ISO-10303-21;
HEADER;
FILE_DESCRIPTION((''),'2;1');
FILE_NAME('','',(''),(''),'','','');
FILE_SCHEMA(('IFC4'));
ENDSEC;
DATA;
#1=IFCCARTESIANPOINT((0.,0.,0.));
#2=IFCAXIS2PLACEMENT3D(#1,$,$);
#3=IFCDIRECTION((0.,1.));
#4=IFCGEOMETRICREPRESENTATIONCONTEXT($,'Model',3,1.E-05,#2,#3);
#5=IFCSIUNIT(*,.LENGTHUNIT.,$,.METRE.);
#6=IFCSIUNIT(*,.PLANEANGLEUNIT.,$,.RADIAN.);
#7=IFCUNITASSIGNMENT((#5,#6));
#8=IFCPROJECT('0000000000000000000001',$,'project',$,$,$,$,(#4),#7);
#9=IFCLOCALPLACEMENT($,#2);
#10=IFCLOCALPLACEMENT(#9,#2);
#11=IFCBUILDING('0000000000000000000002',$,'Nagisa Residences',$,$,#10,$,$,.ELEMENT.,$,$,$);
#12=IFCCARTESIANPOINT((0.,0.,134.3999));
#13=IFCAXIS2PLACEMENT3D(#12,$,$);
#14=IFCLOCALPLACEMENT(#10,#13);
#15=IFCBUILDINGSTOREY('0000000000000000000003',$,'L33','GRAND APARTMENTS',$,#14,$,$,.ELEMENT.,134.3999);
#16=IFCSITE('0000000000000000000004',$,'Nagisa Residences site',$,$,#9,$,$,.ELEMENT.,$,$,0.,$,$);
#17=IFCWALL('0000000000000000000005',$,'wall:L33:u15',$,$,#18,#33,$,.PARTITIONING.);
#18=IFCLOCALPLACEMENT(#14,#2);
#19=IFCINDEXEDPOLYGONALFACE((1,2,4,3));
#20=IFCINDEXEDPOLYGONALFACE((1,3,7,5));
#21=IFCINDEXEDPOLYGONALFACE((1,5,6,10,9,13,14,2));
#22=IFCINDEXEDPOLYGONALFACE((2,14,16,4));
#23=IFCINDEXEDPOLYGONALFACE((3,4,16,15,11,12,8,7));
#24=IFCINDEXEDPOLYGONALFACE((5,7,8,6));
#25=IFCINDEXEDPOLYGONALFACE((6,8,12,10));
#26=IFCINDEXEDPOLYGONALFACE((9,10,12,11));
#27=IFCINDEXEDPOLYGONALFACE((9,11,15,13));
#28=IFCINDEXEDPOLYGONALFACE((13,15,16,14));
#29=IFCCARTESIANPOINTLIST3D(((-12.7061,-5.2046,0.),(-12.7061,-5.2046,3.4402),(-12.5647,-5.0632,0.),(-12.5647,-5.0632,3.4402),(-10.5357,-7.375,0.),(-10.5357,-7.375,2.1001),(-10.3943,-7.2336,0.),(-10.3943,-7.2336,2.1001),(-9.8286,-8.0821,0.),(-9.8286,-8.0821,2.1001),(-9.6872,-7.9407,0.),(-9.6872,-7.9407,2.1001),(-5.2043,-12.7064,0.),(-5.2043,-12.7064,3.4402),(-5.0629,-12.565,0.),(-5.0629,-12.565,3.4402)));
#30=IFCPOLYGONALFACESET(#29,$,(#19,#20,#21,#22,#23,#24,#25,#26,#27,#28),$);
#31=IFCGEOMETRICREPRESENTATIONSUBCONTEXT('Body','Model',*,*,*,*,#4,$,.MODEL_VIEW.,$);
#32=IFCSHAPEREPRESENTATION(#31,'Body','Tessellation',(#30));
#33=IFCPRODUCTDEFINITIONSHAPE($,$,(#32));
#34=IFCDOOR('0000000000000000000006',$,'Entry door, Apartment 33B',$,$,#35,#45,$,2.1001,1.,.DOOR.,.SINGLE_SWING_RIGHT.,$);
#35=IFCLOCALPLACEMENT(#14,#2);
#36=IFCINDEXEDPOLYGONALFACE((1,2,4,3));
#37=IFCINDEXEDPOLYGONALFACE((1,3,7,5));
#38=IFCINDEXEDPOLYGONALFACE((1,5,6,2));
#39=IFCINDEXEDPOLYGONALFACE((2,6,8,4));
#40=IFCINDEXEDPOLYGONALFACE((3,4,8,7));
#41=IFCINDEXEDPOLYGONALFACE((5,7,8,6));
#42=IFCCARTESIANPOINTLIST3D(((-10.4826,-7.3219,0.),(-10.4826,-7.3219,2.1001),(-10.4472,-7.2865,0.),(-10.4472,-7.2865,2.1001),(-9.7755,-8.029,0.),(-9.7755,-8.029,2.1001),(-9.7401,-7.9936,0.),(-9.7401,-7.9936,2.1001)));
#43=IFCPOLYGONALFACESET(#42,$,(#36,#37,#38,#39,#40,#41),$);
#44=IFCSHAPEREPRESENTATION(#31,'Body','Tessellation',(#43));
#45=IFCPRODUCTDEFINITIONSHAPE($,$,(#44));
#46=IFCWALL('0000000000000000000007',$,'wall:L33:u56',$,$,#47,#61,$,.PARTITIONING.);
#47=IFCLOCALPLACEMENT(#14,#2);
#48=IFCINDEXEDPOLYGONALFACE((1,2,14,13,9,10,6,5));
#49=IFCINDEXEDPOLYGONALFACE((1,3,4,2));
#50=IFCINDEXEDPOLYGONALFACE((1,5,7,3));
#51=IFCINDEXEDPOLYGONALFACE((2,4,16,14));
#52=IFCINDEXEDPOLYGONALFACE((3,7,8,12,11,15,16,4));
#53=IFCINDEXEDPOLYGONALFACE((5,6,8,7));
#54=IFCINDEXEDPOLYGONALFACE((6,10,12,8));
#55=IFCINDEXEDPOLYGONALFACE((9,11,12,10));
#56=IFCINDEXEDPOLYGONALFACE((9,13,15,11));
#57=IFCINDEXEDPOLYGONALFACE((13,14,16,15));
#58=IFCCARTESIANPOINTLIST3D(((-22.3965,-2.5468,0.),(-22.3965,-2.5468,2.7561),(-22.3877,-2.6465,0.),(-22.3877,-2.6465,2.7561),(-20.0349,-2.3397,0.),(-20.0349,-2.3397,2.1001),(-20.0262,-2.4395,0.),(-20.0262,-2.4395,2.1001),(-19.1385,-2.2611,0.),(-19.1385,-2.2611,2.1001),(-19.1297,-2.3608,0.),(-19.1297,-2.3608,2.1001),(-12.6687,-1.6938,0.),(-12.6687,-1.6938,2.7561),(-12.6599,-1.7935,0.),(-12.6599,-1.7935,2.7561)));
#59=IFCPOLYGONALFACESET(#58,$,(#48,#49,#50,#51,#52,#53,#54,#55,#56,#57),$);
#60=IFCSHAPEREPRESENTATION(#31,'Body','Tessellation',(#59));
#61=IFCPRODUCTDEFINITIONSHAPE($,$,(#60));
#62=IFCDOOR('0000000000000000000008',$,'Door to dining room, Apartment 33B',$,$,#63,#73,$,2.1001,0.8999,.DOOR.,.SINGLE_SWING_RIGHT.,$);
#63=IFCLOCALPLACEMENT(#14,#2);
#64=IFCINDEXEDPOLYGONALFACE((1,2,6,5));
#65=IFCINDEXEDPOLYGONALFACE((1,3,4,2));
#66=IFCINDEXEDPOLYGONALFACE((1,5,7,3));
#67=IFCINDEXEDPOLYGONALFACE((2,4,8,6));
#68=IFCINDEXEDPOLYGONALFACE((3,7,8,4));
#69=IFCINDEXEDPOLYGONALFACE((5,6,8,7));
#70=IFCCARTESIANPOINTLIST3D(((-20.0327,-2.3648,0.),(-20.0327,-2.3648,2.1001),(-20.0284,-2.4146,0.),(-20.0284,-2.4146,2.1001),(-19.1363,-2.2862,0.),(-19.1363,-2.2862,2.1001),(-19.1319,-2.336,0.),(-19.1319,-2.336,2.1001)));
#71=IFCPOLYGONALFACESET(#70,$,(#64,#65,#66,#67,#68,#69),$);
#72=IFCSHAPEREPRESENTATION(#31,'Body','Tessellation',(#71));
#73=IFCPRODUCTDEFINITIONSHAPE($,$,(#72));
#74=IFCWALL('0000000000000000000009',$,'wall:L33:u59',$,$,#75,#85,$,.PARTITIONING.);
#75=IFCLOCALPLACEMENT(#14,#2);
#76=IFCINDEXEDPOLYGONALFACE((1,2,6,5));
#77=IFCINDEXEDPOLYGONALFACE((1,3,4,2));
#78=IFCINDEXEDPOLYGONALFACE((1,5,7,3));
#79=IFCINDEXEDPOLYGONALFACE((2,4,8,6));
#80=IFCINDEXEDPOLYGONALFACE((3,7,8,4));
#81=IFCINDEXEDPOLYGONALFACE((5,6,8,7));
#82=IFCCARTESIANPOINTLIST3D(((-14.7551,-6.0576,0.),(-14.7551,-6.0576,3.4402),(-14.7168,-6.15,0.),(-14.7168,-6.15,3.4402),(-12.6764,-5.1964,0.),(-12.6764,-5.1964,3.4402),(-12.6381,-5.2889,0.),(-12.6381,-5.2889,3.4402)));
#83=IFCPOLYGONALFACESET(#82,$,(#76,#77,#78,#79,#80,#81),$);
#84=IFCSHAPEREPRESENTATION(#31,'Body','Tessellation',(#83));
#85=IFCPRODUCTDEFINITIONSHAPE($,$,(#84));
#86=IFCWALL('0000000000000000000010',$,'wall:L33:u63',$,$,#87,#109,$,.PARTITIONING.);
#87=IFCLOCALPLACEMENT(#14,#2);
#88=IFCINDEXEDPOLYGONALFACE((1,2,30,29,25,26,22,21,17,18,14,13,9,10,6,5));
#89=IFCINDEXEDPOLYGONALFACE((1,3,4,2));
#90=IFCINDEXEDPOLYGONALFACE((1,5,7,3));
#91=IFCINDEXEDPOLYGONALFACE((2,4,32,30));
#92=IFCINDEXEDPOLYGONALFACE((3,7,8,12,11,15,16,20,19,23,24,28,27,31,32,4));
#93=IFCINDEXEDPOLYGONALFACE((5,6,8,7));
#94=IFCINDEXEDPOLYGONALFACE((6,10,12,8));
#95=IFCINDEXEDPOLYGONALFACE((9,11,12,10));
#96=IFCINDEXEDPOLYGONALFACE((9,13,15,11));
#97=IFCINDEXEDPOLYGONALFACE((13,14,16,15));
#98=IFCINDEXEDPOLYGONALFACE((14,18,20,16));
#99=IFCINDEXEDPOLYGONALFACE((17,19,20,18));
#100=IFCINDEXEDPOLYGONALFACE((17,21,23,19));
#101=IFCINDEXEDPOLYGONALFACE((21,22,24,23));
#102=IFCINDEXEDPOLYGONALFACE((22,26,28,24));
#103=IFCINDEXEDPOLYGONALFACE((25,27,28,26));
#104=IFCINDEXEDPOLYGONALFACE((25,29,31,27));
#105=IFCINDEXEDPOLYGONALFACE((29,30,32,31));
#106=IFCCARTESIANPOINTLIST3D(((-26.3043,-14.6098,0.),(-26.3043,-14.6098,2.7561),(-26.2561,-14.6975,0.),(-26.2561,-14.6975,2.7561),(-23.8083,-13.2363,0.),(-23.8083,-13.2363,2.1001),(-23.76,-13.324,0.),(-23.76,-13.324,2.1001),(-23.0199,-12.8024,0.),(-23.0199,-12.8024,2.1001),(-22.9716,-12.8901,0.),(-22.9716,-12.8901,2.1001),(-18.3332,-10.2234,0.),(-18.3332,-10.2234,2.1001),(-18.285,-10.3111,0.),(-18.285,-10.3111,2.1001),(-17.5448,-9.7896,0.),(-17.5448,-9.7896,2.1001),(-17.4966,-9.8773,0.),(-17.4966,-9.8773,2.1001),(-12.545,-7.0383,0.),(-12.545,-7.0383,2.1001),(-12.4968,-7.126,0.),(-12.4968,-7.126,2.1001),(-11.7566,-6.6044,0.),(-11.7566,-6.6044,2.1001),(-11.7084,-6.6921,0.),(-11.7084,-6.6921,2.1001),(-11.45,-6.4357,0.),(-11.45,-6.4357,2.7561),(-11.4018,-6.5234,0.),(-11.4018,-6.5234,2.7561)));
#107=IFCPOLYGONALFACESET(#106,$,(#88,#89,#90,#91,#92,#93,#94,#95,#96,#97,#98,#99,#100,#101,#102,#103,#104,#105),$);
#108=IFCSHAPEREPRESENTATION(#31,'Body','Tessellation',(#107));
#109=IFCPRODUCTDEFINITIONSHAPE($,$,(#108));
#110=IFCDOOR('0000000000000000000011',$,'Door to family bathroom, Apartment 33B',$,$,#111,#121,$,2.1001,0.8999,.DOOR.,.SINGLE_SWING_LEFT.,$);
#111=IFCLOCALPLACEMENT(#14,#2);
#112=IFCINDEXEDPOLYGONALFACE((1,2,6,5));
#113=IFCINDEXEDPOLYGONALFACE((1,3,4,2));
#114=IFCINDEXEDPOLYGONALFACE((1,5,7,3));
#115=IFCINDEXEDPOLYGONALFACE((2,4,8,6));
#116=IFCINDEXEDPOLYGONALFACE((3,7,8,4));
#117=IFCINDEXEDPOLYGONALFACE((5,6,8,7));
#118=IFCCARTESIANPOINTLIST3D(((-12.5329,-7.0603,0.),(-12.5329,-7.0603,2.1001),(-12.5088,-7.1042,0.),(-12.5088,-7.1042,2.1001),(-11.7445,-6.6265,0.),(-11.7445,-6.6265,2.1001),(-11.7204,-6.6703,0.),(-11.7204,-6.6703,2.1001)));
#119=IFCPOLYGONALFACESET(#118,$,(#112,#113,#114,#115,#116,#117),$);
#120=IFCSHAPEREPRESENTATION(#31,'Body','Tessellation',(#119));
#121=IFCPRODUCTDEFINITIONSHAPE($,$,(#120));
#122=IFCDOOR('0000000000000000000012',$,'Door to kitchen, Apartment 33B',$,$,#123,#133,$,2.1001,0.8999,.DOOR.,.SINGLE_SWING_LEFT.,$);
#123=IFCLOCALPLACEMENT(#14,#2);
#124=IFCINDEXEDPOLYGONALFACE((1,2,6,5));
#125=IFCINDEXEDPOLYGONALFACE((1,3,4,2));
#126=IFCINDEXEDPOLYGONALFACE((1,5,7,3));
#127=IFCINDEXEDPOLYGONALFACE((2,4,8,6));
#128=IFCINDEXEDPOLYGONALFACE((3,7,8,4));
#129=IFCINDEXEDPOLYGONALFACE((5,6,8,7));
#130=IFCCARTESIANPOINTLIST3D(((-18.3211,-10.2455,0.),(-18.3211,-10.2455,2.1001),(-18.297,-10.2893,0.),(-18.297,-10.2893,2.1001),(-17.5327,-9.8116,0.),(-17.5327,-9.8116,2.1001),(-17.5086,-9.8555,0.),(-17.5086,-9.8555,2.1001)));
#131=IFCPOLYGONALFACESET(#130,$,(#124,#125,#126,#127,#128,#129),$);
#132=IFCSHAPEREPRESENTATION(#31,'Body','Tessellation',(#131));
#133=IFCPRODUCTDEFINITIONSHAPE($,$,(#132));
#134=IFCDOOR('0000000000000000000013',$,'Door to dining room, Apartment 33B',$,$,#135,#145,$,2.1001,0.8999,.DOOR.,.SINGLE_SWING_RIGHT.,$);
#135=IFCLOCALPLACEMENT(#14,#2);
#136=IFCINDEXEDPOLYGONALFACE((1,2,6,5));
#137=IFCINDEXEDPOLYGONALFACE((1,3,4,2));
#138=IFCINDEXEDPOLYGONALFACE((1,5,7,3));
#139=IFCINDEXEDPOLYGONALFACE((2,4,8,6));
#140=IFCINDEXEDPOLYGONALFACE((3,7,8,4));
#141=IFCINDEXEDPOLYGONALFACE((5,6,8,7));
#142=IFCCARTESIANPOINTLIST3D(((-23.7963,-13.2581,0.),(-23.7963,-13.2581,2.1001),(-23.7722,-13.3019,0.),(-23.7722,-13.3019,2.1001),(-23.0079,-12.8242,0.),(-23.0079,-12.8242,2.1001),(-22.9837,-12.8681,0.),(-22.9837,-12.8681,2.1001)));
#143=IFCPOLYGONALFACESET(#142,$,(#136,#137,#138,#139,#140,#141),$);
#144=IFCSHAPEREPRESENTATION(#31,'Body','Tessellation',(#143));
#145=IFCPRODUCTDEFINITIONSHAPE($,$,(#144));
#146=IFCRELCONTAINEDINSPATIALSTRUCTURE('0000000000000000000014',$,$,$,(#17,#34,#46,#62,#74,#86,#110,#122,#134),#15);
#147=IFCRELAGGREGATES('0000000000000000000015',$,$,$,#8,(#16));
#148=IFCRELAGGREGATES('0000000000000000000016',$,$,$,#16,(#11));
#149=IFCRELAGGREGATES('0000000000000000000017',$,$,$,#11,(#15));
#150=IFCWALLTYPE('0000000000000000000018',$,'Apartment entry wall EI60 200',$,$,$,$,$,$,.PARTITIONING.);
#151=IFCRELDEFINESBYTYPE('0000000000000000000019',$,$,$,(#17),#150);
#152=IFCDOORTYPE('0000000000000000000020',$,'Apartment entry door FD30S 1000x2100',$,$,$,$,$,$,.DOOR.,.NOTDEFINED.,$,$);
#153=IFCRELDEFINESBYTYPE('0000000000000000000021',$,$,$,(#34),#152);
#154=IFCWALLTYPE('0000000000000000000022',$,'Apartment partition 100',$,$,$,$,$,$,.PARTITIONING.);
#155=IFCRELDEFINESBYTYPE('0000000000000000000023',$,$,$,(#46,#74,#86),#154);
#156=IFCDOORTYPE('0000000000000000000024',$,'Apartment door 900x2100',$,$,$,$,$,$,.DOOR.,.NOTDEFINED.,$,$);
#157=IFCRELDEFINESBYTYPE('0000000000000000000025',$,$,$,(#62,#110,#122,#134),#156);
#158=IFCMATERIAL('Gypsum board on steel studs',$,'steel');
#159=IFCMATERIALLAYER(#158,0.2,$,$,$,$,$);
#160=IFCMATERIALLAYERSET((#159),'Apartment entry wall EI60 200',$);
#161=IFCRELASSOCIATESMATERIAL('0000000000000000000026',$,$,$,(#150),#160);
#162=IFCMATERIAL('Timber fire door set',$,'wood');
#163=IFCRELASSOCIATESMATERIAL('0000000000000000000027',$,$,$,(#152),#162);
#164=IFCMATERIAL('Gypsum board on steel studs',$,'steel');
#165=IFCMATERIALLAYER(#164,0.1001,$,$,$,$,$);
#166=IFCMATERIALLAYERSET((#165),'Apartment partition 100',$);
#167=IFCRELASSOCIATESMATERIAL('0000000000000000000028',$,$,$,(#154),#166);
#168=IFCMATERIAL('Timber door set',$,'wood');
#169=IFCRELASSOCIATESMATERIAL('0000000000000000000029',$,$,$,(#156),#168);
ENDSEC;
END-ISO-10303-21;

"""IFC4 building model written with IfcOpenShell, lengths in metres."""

from ifc_helpers import new_model, si_unit, direction, frame, frame_2d, origin, place, context, subcontext, project, spatial, rectangle, extrude, material, layer, layer_set, type_object, element, fill, save


model = new_model("IFC4")

# Units and contexts
model_context = context("Model", 3, precision=1e-05, world=origin(), true_north=direction((0.0, 1.0)))
body_context = subcontext(model_context, "Body", "Model", "MODEL_VIEW")
ifc_project = project(units=[si_unit("LENGTHUNIT", "METRE"), si_unit("PLANEANGLEUNIT", "RADIAN")], contexts=[model_context])

# Site, building, storey
site_placement = place(None, origin())
site = spatial("IfcSite", under=ifc_project, at=site_placement, Name="Nagisa Residences site", CompositionType="ELEMENT", RefElevation=0.0)
building_placement = place(site_placement, origin())
building = spatial("IfcBuilding", under=site, at=building_placement, Name="Nagisa Residences", CompositionType="ELEMENT")
storey_placement = place(building_placement, frame((0.0, 0.0, 134.3999)))
storey = spatial("IfcBuildingStorey", under=building, at=storey_placement, Name="L33", Description="GRAND APARTMENTS", CompositionType="ELEMENT", Elevation=134.3999)

# Walls, openings, doors
ifc_material_1 = material(Name="Gypsum board on steel studs", Category="steel")
ifc_layer_1 = layer(ifc_material_1, 0.2)
ifc_layer_set_1 = layer_set([ifc_layer_1], Name="Apartment entry wall EI60 200")
wall_type_1 = type_object("IfcWallType", Name="Apartment entry wall EI60 200", PredefinedType="PARTITIONING", material=ifc_layer_set_1)
wall_1_placement = place(storey_placement, frame((-12.6355, -5.1338, 0.0), z_axis=(0.0, 0.0, 1.0), x_axis=(0.707107, -0.707107, 0.0)))
wall_1 = element("IfcWall", 1, at=wall_1_placement, inside=storey, type_object=wall_type_1, Name="wall:L33:u15", PredefinedType="PARTITIONING", context=body_context, shape_type="SweptSolid", body=[
    extrude(rectangle(XDim=10.6091, YDim=0.2, at=frame_2d((5.3047, 0.0))), origin(), (0.0, 0.0, 1.0), 3.4402),
])
opening_1_placement = place(wall_1_placement, frame((3.0696, 0.0, 0.0)))
opening_1 = element("IfcOpeningElement", 2, at=opening_1_placement, cuts=wall_1, PredefinedType="OPENING", context=body_context, shape_type="SweptSolid", body=[
    extrude(rectangle(XDim=1.0, YDim=2.1001, at=frame_2d((0.5, 1.05))), frame((0.0, 0.1099, 0.0), z_axis=(0.0, -1.0, 0.0), x_axis=(1.0, 0.0, 0.0)), (0.0, 0.0, 1.0), 0.22),
])
ifc_material_2 = material(Name="Timber fire door set", Category="wood")
door_type_1 = type_object("IfcDoorType", Name="Apartment entry door FD30S 1000x2100", OperationType="NOTDEFINED", PredefinedType="DOOR", material=ifc_material_2)
door_1_placement = place(opening_1_placement, frame((1.0, 0.0, 0.0), x_axis=(-1.0, 0.0, 0.0)))
door_1 = element("IfcDoor", 3, at=door_1_placement, inside=storey, type_object=door_type_1, Name="Entry door, Apartment 33B", OperationType="SINGLE_SWING_RIGHT", OverallHeight=2.1001, OverallWidth=1.0, PredefinedType="DOOR", context=body_context, shape_type="SweptSolid", body=[
    extrude(rectangle(XDim=1.0, YDim=2.1001, at=frame_2d((0.5, 1.05))), frame((0.0, 0.0249, 0.0), z_axis=(0.0, -1.0, 0.0), x_axis=(1.0, 0.0, 0.0)), (0.0, 0.0, 1.0), 0.05),
])
fill(opening_1, door_1)
ifc_material_3 = material(Name="Gypsum board on steel studs", Category="steel")
ifc_layer_2 = layer(ifc_material_3, 0.1001)
ifc_layer_set_2 = layer_set([ifc_layer_2], Name="Apartment partition 100")
wall_type_2 = type_object("IfcWallType", Name="Apartment partition 100", PredefinedType="PARTITIONING", material=ifc_layer_set_2)
wall_2_placement = place(storey_placement, frame((-12.6643, -1.7437, 0.0), z_axis=(0.0, 0.0, 1.0), x_axis=(-0.996177, -0.087355, 0.0)))
wall_2 = element("IfcWall", 4, at=wall_2_placement, inside=storey, type_object=wall_type_2, Name="wall:L33:u56", PredefinedType="PARTITIONING", context=body_context, shape_type="SweptSolid", body=[
    extrude(rectangle(XDim=9.7651, YDim=0.1001, at=frame_2d((4.8826, 0.0))), origin(), (0.0, 0.0, 1.0), 2.7561),
])
opening_2_placement = place(wall_2_placement, frame((6.4946, 0.0, 0.0)))
opening_2 = element("IfcOpeningElement", 5, at=opening_2_placement, cuts=wall_2, PredefinedType="OPENING", context=body_context, shape_type="SweptSolid", body=[
    extrude(rectangle(XDim=0.8999, YDim=2.1001, at=frame_2d((0.45, 1.05))), frame((0.0, 0.0601, 0.0), z_axis=(0.0, -1.0, 0.0), x_axis=(1.0, 0.0, 0.0)), (0.0, 0.0, 1.0), 0.1201),
])
ifc_material_4 = material(Name="Timber door set", Category="wood")
door_type_2 = type_object("IfcDoorType", Name="Apartment door 900x2100", OperationType="NOTDEFINED", PredefinedType="DOOR", material=ifc_material_4)
door_2_placement = place(opening_2_placement, frame((0.8999, 0.0, 0.0), x_axis=(-1.0, 0.0, 0.0)))
door_2 = element("IfcDoor", 6, at=door_2_placement, inside=storey, type_object=door_type_2, Name="Door to dining room, Apartment 33B", OperationType="SINGLE_SWING_RIGHT", OverallHeight=2.1001, OverallWidth=0.8999, PredefinedType="DOOR", context=body_context, shape_type="SweptSolid", body=[
    extrude(rectangle(XDim=0.8999, YDim=2.1001, at=frame_2d((0.45, 1.05))), frame((0.0, 0.0249, 0.0), z_axis=(0.0, -1.0, 0.0), x_axis=(1.0, 0.0, 0.0)), (0.0, 0.0, 1.0), 0.05),
])
fill(opening_2, door_2)

# Wall
wall_3_placement = place(storey_placement, frame((-12.6572, -5.2427, 0.0), z_axis=(0.0, 0.0, 1.0), x_axis=(-0.923865, -0.382719, 0.0)))
element("IfcWall", 7, at=wall_3_placement, inside=storey, type_object=wall_type_2, Name="wall:L33:u59", PredefinedType="PARTITIONING", context=body_context, shape_type="SweptSolid", body=[
    extrude(rectangle(XDim=2.25, YDim=0.1001, at=frame_2d((1.125, 0.0))), origin(), (0.0, 0.0, 1.0), 3.4402),
])

# Wall, openings, doors
wall_4_placement = place(storey_placement, frame((-11.4258, -6.4795, 0.0), z_axis=(0.0, 0.0, 1.0), x_axis=(-0.87611, -0.482111, 0.0)))
wall_4 = element("IfcWall", 8, at=wall_4_placement, inside=storey, type_object=wall_type_2, Name="wall:L33:u63", PredefinedType="PARTITIONING", context=body_context, shape_type="SweptSolid", body=[
    extrude(rectangle(XDim=16.9548, YDim=0.1001, at=frame_2d((8.4775, 0.0))), origin(), (0.0, 0.0, 1.0), 2.7561),
])
opening_3_placement = place(wall_4_placement, frame((0.3501, 0.0, 0.0)))
opening_3 = element("IfcOpeningElement", 9, at=opening_3_placement, cuts=wall_4, PredefinedType="OPENING", context=body_context, shape_type="SweptSolid", body=[
    extrude(rectangle(XDim=0.8999, YDim=2.1001, at=frame_2d((0.45, 1.05))), frame((0.0, 0.0601, 0.0), z_axis=(0.0, -1.0, 0.0), x_axis=(1.0, 0.0, 0.0)), (0.0, 0.0, 1.0), 0.1201),
])
opening_4_placement = place(wall_4_placement, frame((6.9568, 0.0, 0.0)))
opening_4 = element("IfcOpeningElement", 10, at=opening_4_placement, cuts=wall_4, PredefinedType="OPENING", context=body_context, shape_type="SweptSolid", body=[
    extrude(rectangle(XDim=0.8999, YDim=2.1001, at=frame_2d((0.45, 1.05))), frame((0.0, 0.0601, 0.0), z_axis=(0.0, -1.0, 0.0), x_axis=(1.0, 0.0, 0.0)), (0.0, 0.0, 1.0), 0.1201),
])
opening_5_placement = place(wall_4_placement, frame((13.2061, 0.0, 0.0)))
opening_5 = element("IfcOpeningElement", 11, at=opening_5_placement, cuts=wall_4, PredefinedType="OPENING", context=body_context, shape_type="SweptSolid", body=[
    extrude(rectangle(XDim=0.8999, YDim=2.1001, at=frame_2d((0.45, 1.05))), frame((0.0, 0.0601, 0.0), z_axis=(0.0, -1.0, 0.0), x_axis=(1.0, 0.0, 0.0)), (0.0, 0.0, 1.0), 0.1201),
])
door_3_placement = place(opening_3_placement, frame((0.8999, 0.0, 0.0), x_axis=(-1.0, 0.0, 0.0)))
door_3 = element("IfcDoor", 12, at=door_3_placement, inside=storey, type_object=door_type_2, Name="Door to family bathroom, Apartment 33B", OperationType="SINGLE_SWING_LEFT", OverallHeight=2.1001, OverallWidth=0.8999, PredefinedType="DOOR", context=body_context, shape_type="SweptSolid", body=[
    extrude(rectangle(XDim=0.8999, YDim=2.1001, at=frame_2d((0.45, 1.05))), frame((0.0, 0.0249, 0.0), z_axis=(0.0, -1.0, 0.0), x_axis=(1.0, 0.0, 0.0)), (0.0, 0.0, 1.0), 0.05),
])
fill(opening_3, door_3)
door_4_placement = place(opening_4_placement, frame((0.8999, 0.0, 0.0), x_axis=(-1.0, 0.0, 0.0)))
door_4 = element("IfcDoor", 13, at=door_4_placement, inside=storey, type_object=door_type_2, Name="Door to kitchen, Apartment 33B", OperationType="SINGLE_SWING_LEFT", OverallHeight=2.1001, OverallWidth=0.8999, PredefinedType="DOOR", context=body_context, shape_type="SweptSolid", body=[
    extrude(rectangle(XDim=0.8999, YDim=2.1001, at=frame_2d((0.45, 1.05))), frame((0.0, 0.0249, 0.0), z_axis=(0.0, -1.0, 0.0), x_axis=(1.0, 0.0, 0.0)), (0.0, 0.0, 1.0), 0.05),
])
fill(opening_4, door_4)
door_5_placement = place(opening_5_placement, origin())
door_5 = element("IfcDoor", 14, at=door_5_placement, inside=storey, type_object=door_type_2, Name="Door to dining room, Apartment 33B", OperationType="SINGLE_SWING_RIGHT", OverallHeight=2.1001, OverallWidth=0.8999, PredefinedType="DOOR", context=body_context, shape_type="SweptSolid", body=[
    extrude(rectangle(XDim=0.8999, YDim=2.1001, at=frame_2d((0.45, 1.05))), frame((0.0, 0.0249, 0.0), z_axis=(0.0, -1.0, 0.0), x_axis=(1.0, 0.0, 0.0)), (0.0, 0.0, 1.0), 0.05),
])
fill(opening_5, door_5)

save(model, "model.ifc")
